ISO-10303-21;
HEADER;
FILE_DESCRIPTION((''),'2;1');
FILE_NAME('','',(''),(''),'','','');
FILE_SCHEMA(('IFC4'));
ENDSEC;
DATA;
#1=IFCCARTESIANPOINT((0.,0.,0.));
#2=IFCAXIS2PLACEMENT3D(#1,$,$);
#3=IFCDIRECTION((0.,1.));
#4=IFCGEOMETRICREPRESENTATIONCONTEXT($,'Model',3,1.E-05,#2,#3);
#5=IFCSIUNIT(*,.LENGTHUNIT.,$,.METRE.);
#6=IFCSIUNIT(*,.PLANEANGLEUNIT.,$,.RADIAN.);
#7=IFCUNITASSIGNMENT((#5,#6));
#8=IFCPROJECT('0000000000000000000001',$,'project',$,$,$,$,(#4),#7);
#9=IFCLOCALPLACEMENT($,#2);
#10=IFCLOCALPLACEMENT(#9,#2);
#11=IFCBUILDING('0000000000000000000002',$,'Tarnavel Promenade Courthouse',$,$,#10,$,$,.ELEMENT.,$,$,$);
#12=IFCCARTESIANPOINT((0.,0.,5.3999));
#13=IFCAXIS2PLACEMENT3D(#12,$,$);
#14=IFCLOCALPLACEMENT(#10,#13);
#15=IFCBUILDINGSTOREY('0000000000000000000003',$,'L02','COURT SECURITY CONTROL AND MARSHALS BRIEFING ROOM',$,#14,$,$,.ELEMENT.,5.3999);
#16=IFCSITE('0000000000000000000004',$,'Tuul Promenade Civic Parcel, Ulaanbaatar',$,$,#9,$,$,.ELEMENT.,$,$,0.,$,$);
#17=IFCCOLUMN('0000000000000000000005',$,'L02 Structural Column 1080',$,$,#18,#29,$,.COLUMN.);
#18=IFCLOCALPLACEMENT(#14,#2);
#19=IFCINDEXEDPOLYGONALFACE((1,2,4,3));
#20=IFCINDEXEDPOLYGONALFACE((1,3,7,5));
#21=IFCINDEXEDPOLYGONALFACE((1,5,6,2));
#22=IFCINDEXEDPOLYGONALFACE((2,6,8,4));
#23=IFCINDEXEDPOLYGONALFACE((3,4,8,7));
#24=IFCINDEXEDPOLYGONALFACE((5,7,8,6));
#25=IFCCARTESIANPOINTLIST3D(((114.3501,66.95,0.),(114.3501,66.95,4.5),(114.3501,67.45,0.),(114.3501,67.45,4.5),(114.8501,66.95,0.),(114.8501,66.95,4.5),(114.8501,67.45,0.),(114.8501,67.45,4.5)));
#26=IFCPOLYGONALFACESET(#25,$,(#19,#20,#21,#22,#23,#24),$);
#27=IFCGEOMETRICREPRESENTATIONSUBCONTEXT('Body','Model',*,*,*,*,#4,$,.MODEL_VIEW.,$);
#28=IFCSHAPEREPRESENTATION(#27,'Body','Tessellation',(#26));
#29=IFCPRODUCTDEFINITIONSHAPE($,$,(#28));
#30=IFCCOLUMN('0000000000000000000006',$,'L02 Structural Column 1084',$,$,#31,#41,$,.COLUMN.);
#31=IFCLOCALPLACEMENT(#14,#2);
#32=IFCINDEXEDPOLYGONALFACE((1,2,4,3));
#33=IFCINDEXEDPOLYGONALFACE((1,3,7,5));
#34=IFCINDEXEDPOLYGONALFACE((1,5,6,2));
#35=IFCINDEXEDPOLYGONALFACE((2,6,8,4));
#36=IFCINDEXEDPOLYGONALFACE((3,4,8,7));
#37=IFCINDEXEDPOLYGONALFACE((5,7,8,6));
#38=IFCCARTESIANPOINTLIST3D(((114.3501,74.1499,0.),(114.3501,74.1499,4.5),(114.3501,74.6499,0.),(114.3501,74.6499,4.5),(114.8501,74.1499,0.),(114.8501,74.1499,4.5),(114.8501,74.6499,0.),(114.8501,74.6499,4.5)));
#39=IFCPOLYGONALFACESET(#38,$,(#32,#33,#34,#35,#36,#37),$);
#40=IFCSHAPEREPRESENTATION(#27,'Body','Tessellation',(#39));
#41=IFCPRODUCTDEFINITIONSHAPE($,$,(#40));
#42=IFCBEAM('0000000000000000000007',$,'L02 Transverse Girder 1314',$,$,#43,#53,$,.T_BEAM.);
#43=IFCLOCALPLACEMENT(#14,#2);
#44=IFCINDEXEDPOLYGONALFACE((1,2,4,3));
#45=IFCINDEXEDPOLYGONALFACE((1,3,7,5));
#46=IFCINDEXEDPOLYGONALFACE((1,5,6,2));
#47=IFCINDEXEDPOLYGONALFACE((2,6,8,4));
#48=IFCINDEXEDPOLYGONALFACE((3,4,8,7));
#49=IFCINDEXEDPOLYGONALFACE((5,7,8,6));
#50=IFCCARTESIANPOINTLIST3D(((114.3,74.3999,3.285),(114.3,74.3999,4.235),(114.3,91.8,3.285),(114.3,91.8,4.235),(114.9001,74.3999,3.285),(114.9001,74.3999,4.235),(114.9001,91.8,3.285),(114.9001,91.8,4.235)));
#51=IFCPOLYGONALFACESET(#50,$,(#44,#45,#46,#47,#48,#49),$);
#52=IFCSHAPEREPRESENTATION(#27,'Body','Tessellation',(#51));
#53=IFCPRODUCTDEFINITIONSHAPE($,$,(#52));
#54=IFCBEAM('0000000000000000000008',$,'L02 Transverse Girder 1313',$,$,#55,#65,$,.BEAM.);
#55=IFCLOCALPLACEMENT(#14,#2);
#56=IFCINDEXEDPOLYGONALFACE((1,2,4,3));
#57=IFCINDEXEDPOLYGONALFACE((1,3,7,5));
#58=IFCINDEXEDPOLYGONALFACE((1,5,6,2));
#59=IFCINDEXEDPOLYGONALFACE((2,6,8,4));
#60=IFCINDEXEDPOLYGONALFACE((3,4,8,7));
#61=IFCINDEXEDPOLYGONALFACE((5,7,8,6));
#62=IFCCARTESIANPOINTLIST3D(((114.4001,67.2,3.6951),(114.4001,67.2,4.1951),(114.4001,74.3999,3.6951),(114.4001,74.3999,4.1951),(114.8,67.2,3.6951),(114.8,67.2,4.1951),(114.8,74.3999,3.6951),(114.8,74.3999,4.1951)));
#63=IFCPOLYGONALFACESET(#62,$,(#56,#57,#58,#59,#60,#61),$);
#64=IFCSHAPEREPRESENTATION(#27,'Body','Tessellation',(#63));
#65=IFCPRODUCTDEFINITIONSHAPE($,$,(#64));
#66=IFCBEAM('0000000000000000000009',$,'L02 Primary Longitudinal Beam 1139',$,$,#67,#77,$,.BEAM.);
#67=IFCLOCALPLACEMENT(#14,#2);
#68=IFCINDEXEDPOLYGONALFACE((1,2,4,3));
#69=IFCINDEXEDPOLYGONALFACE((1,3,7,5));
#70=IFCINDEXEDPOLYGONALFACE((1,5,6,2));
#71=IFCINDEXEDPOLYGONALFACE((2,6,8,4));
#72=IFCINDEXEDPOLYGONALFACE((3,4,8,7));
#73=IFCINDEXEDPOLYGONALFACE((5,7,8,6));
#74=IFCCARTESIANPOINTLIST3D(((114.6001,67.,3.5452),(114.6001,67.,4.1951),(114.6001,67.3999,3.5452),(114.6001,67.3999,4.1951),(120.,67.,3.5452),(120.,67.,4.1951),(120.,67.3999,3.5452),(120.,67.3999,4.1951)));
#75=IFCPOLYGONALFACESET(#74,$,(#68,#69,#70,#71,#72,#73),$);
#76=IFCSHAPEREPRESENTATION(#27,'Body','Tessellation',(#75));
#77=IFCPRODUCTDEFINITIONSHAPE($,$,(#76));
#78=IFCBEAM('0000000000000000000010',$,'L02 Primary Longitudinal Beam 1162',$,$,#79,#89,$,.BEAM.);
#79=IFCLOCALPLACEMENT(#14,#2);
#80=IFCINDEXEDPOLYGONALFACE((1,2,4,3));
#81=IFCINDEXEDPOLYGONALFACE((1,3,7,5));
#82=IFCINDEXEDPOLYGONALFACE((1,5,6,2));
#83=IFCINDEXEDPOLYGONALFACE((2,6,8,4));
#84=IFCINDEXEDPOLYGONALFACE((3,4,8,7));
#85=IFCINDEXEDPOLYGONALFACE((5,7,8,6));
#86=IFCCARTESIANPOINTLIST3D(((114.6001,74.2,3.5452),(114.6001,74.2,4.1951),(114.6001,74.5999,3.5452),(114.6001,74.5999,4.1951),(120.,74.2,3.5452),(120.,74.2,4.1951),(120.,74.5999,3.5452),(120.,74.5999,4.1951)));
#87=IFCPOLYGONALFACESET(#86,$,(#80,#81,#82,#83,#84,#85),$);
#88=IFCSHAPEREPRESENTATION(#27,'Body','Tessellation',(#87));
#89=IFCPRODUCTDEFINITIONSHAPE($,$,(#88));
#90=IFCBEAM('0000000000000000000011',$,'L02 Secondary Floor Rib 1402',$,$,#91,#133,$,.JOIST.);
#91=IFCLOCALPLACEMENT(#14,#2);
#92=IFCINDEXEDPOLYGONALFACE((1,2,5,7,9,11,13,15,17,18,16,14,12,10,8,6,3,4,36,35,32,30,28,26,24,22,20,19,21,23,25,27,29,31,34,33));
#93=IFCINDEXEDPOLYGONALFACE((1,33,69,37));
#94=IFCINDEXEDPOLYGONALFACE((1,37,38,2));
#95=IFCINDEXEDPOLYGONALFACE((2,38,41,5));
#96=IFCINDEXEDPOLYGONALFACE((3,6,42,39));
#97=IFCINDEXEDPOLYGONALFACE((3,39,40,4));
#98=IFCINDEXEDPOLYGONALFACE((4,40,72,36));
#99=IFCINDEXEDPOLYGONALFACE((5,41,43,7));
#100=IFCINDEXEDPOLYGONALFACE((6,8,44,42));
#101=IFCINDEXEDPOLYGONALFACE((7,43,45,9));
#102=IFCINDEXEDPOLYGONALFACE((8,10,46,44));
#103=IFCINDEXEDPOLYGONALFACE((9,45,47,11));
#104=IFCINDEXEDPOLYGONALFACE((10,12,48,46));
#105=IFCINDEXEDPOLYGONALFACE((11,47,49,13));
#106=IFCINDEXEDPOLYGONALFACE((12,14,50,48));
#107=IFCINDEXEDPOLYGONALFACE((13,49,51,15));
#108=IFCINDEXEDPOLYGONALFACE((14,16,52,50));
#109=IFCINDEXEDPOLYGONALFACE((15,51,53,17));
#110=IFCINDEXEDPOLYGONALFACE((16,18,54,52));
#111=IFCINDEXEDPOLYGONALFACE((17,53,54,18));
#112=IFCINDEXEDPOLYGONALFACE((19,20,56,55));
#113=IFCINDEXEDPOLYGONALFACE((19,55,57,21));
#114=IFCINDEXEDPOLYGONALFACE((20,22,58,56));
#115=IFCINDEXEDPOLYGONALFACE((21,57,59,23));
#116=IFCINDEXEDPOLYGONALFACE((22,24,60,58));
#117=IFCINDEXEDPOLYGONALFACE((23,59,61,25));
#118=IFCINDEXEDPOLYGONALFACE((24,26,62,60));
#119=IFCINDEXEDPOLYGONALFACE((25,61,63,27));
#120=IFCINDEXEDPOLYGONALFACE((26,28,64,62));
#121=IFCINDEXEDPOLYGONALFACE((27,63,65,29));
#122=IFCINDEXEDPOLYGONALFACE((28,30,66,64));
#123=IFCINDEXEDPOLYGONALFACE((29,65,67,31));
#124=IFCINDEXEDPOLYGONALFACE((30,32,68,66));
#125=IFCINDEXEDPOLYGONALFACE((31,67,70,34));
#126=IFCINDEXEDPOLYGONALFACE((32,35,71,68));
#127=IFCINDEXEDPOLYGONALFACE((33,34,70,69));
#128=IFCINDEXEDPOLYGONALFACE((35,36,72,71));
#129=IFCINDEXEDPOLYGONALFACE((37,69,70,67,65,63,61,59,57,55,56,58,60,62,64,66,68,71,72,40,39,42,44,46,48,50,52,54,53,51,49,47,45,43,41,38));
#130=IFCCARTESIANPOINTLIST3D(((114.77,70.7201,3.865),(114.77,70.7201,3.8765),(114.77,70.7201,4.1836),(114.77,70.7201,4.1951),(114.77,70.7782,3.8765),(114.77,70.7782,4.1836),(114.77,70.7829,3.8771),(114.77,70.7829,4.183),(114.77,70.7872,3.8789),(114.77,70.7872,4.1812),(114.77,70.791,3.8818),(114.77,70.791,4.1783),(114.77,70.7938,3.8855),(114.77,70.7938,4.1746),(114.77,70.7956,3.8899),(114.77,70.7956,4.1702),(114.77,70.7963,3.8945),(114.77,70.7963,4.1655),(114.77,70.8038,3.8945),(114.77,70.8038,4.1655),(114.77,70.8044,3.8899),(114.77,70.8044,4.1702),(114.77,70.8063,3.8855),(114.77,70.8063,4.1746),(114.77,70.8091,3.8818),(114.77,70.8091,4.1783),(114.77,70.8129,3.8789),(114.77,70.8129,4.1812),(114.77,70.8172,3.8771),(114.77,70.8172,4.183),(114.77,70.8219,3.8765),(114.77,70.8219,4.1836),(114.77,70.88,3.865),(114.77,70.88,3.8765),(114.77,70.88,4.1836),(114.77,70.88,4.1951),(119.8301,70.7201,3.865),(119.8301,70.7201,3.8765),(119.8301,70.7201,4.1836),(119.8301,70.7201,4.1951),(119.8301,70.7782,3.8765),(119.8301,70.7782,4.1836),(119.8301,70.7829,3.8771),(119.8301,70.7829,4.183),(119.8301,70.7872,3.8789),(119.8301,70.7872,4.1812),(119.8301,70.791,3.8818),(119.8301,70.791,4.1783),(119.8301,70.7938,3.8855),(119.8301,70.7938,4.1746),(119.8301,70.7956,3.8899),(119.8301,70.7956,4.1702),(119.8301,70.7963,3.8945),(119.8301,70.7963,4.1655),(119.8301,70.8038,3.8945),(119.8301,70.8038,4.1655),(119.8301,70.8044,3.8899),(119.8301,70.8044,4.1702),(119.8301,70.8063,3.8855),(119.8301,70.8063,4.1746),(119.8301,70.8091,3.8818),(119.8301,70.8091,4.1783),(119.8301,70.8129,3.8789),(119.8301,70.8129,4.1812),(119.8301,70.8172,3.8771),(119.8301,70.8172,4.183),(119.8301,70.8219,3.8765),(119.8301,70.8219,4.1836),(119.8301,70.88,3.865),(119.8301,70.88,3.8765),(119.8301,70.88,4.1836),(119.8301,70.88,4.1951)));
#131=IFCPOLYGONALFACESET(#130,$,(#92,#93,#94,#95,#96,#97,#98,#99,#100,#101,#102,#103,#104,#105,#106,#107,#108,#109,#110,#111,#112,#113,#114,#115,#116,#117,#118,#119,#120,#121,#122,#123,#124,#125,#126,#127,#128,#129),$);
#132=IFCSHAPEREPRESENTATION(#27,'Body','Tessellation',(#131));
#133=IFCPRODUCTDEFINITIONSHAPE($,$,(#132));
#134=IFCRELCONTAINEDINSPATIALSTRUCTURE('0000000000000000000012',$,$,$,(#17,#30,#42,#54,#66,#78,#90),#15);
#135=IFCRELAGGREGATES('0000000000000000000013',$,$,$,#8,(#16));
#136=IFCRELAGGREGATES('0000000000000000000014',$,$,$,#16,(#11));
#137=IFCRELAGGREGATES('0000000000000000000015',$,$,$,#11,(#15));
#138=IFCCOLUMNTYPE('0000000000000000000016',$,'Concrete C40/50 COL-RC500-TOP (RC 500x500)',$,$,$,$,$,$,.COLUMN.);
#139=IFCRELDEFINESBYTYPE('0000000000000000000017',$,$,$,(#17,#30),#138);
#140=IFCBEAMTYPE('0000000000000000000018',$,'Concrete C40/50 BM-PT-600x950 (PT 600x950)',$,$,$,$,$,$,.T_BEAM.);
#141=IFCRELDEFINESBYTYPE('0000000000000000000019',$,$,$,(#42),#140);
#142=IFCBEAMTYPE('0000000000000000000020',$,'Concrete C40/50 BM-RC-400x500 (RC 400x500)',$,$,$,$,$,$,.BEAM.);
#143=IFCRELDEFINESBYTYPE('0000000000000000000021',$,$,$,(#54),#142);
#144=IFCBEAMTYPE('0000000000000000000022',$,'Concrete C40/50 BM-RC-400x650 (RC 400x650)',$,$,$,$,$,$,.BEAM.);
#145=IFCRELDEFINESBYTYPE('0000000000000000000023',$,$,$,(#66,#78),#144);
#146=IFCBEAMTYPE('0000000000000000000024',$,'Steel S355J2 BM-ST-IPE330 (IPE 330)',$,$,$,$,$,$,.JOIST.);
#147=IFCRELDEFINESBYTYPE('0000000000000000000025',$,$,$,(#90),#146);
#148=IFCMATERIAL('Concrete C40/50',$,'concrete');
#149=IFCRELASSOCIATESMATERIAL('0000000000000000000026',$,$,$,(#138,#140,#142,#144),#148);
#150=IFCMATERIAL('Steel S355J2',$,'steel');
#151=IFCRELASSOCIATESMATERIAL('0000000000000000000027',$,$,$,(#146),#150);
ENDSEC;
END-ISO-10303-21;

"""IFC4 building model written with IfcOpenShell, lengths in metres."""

from ifc_helpers import new_model, si_unit, direction, frame, origin, origin_2d, place, context, subcontext, project, spatial, rectangle, i_section, extrude, material, material_profile, profile_set, type_object, element, save


model = new_model("IFC4")

# Units and contexts
model_context = context("Model", 3, precision=1e-05, world=origin(), true_north=direction((0.0, 1.0)))
body_context = subcontext(model_context, "Body", "Model", "MODEL_VIEW")
ifc_project = project(units=[si_unit("LENGTHUNIT", "METRE"), si_unit("PLANEANGLEUNIT", "RADIAN")], contexts=[model_context])

# Site, building, storey
site_placement = place(None, origin())
site = spatial("IfcSite", under=ifc_project, at=site_placement, Name="Tuul Promenade Civic Parcel, Ulaanbaatar", CompositionType="ELEMENT", RefElevation=0.0)
building_placement = place(site_placement, origin())
building = spatial("IfcBuilding", under=site, at=building_placement, Name="Tarnavel Promenade Courthouse", CompositionType="ELEMENT")
storey_placement = place(building_placement, frame((0.0, 0.0, 5.3999)))
storey = spatial("IfcBuildingStorey", under=building, at=storey_placement, Name="L02", Description="COURT SECURITY CONTROL AND MARSHALS BRIEFING ROOM", CompositionType="ELEMENT", Elevation=5.3999)

# Columns
ifc_material_1 = material(Name="Concrete C40/50", Category="concrete")
ifc_material_profile_1 = material_profile(ifc_material_1, rectangle(XDim=0.5, YDim=0.5, at=origin_2d()), Name="RC 500x500")
ifc_profile_set_1 = profile_set([ifc_material_profile_1], Name="Concrete C40/50")
column_type = type_object("IfcColumnType", Name="Concrete C40/50 COL-RC500-TOP (RC 500x500)", PredefinedType="COLUMN", material=ifc_profile_set_1)
for number, where, z_axis, x_axis, name in (
    (1, (114.6001, 67.2, 0.0), (0.0, 0.0, 1.0), (1.0, 0.0, 0.0), "L02 Structural Column 1080"),
    (2, (114.6001, 74.3999, 0.0), (0.0, 0.0, 1.0), (1.0, 0.0, 0.0), "L02 Structural Column 1084"),
):
    element("IfcColumn", number, at=place(storey_placement, frame(where, z_axis=z_axis, x_axis=x_axis)), inside=storey, type_object=column_type, Name=name, PredefinedType="COLUMN", context=body_context, shape_type="SweptSolid", body=[
        extrude(rectangle(XDim=0.5, YDim=0.5, at=origin_2d()), origin(), (0.0, 0.0, 1.0), 4.5),
    ])

# Beams
ifc_material_profile_2 = material_profile(ifc_material_1, rectangle(XDim=0.6001, YDim=0.95, at=origin_2d()), Name="PT 600x950")
ifc_profile_set_2 = profile_set([ifc_material_profile_2], Name="Concrete C40/50")
beam_type_1 = type_object("IfcBeamType", Name="Concrete C40/50 BM-PT-600x950 (PT 600x950)", PredefinedType="T_BEAM", material=ifc_profile_set_2)
beam_1_placement = place(storey_placement, frame((114.6001, 74.3999, 3.76), z_axis=(0.0, 1.0, 0.0), x_axis=(-1.0, 0.0, 0.0)))
element("IfcBeam", 3, at=beam_1_placement, inside=storey, type_object=beam_type_1, Name="L02 Transverse Girder 1314", PredefinedType="T_BEAM", context=body_context, shape_type="SweptSolid", body=[
    extrude(rectangle(XDim=0.6001, YDim=0.95, at=origin_2d()), origin(), (0.0, 0.0, 1.0), 17.4001),
])
ifc_material_profile_3 = material_profile(ifc_material_1, rectangle(XDim=0.3999, YDim=0.5, at=origin_2d()), Name="RC 400x500")
ifc_profile_set_3 = profile_set([ifc_material_profile_3], Name="Concrete C40/50")
beam_type_2 = type_object("IfcBeamType", Name="Concrete C40/50 BM-RC-400x500 (RC 400x500)", PredefinedType="BEAM", material=ifc_profile_set_3)
beam_2_placement = place(storey_placement, frame((114.6001, 67.2, 3.9451), z_axis=(0.0, 1.0, 0.0), x_axis=(-1.0, 0.0, 0.0)))
element("IfcBeam", 4, at=beam_2_placement, inside=storey, type_object=beam_type_2, Name="L02 Transverse Girder 1313", PredefinedType="BEAM", context=body_context, shape_type="SweptSolid", body=[
    extrude(rectangle(XDim=0.3999, YDim=0.5, at=origin_2d()), origin(), (0.0, 0.0, 1.0), 7.2),
])
ifc_material_profile_4 = material_profile(ifc_material_1, rectangle(XDim=0.3999, YDim=0.6499, at=origin_2d()), Name="RC 400x650")
ifc_profile_set_4 = profile_set([ifc_material_profile_4], Name="Concrete C40/50")
beam_type_3 = type_object("IfcBeamType", Name="Concrete C40/50 BM-RC-400x650 (RC 400x650)", PredefinedType="BEAM", material=ifc_profile_set_4)
for number, where, z_axis, x_axis, name in (
    (5, (114.6001, 67.2, 3.8701), (1.0, 0.0, 0.0), (0.0, 1.0, 0.0), "L02 Primary Longitudinal Beam 1139"),
    (6, (114.6001, 74.3999, 3.8701), (1.0, 0.0, 0.0), (0.0, 1.0, 0.0), "L02 Primary Longitudinal Beam 1162"),
):
    element("IfcBeam", number, at=place(storey_placement, frame(where, z_axis=z_axis, x_axis=x_axis)), inside=storey, type_object=beam_type_3, Name=name, PredefinedType="BEAM", context=body_context, shape_type="SweptSolid", body=[
        extrude(rectangle(XDim=0.3999, YDim=0.6499, at=origin_2d()), origin(), (0.0, 0.0, 1.0), 5.3999),
    ])
ifc_material_2 = material(Name="Steel S355J2", Category="steel")
ifc_material_profile_5 = material_profile(ifc_material_2, i_section(OverallWidth=0.1599, OverallDepth=0.3301, WebThickness=0.0076, FlangeThickness=0.0115, FilletRadius=0.0181, at=origin_2d()), Name="IPE 330")
ifc_profile_set_5 = profile_set([ifc_material_profile_5], Name="Steel S355J2")
beam_type_4 = type_object("IfcBeamType", Name="Steel S355J2 BM-ST-IPE330 (IPE 330)", PredefinedType="JOIST", material=ifc_profile_set_5)
beam_3_placement = place(storey_placement, frame((114.77, 70.8, 4.03), z_axis=(1.0, 0.0, 0.0), x_axis=(0.0, 1.0, 0.0)))
element("IfcBeam", 7, at=beam_3_placement, inside=storey, type_object=beam_type_4, Name="L02 Secondary Floor Rib 1402", PredefinedType="JOIST", context=body_context, shape_type="SweptSolid", body=[
    extrude(i_section(OverallWidth=0.1599, OverallDepth=0.3301, WebThickness=0.0076, FlangeThickness=0.0115, FilletRadius=0.0181, at=origin_2d()), origin(), (0.0, 0.0, 1.0), 5.0601),
])

save(model, "model.ifc")
